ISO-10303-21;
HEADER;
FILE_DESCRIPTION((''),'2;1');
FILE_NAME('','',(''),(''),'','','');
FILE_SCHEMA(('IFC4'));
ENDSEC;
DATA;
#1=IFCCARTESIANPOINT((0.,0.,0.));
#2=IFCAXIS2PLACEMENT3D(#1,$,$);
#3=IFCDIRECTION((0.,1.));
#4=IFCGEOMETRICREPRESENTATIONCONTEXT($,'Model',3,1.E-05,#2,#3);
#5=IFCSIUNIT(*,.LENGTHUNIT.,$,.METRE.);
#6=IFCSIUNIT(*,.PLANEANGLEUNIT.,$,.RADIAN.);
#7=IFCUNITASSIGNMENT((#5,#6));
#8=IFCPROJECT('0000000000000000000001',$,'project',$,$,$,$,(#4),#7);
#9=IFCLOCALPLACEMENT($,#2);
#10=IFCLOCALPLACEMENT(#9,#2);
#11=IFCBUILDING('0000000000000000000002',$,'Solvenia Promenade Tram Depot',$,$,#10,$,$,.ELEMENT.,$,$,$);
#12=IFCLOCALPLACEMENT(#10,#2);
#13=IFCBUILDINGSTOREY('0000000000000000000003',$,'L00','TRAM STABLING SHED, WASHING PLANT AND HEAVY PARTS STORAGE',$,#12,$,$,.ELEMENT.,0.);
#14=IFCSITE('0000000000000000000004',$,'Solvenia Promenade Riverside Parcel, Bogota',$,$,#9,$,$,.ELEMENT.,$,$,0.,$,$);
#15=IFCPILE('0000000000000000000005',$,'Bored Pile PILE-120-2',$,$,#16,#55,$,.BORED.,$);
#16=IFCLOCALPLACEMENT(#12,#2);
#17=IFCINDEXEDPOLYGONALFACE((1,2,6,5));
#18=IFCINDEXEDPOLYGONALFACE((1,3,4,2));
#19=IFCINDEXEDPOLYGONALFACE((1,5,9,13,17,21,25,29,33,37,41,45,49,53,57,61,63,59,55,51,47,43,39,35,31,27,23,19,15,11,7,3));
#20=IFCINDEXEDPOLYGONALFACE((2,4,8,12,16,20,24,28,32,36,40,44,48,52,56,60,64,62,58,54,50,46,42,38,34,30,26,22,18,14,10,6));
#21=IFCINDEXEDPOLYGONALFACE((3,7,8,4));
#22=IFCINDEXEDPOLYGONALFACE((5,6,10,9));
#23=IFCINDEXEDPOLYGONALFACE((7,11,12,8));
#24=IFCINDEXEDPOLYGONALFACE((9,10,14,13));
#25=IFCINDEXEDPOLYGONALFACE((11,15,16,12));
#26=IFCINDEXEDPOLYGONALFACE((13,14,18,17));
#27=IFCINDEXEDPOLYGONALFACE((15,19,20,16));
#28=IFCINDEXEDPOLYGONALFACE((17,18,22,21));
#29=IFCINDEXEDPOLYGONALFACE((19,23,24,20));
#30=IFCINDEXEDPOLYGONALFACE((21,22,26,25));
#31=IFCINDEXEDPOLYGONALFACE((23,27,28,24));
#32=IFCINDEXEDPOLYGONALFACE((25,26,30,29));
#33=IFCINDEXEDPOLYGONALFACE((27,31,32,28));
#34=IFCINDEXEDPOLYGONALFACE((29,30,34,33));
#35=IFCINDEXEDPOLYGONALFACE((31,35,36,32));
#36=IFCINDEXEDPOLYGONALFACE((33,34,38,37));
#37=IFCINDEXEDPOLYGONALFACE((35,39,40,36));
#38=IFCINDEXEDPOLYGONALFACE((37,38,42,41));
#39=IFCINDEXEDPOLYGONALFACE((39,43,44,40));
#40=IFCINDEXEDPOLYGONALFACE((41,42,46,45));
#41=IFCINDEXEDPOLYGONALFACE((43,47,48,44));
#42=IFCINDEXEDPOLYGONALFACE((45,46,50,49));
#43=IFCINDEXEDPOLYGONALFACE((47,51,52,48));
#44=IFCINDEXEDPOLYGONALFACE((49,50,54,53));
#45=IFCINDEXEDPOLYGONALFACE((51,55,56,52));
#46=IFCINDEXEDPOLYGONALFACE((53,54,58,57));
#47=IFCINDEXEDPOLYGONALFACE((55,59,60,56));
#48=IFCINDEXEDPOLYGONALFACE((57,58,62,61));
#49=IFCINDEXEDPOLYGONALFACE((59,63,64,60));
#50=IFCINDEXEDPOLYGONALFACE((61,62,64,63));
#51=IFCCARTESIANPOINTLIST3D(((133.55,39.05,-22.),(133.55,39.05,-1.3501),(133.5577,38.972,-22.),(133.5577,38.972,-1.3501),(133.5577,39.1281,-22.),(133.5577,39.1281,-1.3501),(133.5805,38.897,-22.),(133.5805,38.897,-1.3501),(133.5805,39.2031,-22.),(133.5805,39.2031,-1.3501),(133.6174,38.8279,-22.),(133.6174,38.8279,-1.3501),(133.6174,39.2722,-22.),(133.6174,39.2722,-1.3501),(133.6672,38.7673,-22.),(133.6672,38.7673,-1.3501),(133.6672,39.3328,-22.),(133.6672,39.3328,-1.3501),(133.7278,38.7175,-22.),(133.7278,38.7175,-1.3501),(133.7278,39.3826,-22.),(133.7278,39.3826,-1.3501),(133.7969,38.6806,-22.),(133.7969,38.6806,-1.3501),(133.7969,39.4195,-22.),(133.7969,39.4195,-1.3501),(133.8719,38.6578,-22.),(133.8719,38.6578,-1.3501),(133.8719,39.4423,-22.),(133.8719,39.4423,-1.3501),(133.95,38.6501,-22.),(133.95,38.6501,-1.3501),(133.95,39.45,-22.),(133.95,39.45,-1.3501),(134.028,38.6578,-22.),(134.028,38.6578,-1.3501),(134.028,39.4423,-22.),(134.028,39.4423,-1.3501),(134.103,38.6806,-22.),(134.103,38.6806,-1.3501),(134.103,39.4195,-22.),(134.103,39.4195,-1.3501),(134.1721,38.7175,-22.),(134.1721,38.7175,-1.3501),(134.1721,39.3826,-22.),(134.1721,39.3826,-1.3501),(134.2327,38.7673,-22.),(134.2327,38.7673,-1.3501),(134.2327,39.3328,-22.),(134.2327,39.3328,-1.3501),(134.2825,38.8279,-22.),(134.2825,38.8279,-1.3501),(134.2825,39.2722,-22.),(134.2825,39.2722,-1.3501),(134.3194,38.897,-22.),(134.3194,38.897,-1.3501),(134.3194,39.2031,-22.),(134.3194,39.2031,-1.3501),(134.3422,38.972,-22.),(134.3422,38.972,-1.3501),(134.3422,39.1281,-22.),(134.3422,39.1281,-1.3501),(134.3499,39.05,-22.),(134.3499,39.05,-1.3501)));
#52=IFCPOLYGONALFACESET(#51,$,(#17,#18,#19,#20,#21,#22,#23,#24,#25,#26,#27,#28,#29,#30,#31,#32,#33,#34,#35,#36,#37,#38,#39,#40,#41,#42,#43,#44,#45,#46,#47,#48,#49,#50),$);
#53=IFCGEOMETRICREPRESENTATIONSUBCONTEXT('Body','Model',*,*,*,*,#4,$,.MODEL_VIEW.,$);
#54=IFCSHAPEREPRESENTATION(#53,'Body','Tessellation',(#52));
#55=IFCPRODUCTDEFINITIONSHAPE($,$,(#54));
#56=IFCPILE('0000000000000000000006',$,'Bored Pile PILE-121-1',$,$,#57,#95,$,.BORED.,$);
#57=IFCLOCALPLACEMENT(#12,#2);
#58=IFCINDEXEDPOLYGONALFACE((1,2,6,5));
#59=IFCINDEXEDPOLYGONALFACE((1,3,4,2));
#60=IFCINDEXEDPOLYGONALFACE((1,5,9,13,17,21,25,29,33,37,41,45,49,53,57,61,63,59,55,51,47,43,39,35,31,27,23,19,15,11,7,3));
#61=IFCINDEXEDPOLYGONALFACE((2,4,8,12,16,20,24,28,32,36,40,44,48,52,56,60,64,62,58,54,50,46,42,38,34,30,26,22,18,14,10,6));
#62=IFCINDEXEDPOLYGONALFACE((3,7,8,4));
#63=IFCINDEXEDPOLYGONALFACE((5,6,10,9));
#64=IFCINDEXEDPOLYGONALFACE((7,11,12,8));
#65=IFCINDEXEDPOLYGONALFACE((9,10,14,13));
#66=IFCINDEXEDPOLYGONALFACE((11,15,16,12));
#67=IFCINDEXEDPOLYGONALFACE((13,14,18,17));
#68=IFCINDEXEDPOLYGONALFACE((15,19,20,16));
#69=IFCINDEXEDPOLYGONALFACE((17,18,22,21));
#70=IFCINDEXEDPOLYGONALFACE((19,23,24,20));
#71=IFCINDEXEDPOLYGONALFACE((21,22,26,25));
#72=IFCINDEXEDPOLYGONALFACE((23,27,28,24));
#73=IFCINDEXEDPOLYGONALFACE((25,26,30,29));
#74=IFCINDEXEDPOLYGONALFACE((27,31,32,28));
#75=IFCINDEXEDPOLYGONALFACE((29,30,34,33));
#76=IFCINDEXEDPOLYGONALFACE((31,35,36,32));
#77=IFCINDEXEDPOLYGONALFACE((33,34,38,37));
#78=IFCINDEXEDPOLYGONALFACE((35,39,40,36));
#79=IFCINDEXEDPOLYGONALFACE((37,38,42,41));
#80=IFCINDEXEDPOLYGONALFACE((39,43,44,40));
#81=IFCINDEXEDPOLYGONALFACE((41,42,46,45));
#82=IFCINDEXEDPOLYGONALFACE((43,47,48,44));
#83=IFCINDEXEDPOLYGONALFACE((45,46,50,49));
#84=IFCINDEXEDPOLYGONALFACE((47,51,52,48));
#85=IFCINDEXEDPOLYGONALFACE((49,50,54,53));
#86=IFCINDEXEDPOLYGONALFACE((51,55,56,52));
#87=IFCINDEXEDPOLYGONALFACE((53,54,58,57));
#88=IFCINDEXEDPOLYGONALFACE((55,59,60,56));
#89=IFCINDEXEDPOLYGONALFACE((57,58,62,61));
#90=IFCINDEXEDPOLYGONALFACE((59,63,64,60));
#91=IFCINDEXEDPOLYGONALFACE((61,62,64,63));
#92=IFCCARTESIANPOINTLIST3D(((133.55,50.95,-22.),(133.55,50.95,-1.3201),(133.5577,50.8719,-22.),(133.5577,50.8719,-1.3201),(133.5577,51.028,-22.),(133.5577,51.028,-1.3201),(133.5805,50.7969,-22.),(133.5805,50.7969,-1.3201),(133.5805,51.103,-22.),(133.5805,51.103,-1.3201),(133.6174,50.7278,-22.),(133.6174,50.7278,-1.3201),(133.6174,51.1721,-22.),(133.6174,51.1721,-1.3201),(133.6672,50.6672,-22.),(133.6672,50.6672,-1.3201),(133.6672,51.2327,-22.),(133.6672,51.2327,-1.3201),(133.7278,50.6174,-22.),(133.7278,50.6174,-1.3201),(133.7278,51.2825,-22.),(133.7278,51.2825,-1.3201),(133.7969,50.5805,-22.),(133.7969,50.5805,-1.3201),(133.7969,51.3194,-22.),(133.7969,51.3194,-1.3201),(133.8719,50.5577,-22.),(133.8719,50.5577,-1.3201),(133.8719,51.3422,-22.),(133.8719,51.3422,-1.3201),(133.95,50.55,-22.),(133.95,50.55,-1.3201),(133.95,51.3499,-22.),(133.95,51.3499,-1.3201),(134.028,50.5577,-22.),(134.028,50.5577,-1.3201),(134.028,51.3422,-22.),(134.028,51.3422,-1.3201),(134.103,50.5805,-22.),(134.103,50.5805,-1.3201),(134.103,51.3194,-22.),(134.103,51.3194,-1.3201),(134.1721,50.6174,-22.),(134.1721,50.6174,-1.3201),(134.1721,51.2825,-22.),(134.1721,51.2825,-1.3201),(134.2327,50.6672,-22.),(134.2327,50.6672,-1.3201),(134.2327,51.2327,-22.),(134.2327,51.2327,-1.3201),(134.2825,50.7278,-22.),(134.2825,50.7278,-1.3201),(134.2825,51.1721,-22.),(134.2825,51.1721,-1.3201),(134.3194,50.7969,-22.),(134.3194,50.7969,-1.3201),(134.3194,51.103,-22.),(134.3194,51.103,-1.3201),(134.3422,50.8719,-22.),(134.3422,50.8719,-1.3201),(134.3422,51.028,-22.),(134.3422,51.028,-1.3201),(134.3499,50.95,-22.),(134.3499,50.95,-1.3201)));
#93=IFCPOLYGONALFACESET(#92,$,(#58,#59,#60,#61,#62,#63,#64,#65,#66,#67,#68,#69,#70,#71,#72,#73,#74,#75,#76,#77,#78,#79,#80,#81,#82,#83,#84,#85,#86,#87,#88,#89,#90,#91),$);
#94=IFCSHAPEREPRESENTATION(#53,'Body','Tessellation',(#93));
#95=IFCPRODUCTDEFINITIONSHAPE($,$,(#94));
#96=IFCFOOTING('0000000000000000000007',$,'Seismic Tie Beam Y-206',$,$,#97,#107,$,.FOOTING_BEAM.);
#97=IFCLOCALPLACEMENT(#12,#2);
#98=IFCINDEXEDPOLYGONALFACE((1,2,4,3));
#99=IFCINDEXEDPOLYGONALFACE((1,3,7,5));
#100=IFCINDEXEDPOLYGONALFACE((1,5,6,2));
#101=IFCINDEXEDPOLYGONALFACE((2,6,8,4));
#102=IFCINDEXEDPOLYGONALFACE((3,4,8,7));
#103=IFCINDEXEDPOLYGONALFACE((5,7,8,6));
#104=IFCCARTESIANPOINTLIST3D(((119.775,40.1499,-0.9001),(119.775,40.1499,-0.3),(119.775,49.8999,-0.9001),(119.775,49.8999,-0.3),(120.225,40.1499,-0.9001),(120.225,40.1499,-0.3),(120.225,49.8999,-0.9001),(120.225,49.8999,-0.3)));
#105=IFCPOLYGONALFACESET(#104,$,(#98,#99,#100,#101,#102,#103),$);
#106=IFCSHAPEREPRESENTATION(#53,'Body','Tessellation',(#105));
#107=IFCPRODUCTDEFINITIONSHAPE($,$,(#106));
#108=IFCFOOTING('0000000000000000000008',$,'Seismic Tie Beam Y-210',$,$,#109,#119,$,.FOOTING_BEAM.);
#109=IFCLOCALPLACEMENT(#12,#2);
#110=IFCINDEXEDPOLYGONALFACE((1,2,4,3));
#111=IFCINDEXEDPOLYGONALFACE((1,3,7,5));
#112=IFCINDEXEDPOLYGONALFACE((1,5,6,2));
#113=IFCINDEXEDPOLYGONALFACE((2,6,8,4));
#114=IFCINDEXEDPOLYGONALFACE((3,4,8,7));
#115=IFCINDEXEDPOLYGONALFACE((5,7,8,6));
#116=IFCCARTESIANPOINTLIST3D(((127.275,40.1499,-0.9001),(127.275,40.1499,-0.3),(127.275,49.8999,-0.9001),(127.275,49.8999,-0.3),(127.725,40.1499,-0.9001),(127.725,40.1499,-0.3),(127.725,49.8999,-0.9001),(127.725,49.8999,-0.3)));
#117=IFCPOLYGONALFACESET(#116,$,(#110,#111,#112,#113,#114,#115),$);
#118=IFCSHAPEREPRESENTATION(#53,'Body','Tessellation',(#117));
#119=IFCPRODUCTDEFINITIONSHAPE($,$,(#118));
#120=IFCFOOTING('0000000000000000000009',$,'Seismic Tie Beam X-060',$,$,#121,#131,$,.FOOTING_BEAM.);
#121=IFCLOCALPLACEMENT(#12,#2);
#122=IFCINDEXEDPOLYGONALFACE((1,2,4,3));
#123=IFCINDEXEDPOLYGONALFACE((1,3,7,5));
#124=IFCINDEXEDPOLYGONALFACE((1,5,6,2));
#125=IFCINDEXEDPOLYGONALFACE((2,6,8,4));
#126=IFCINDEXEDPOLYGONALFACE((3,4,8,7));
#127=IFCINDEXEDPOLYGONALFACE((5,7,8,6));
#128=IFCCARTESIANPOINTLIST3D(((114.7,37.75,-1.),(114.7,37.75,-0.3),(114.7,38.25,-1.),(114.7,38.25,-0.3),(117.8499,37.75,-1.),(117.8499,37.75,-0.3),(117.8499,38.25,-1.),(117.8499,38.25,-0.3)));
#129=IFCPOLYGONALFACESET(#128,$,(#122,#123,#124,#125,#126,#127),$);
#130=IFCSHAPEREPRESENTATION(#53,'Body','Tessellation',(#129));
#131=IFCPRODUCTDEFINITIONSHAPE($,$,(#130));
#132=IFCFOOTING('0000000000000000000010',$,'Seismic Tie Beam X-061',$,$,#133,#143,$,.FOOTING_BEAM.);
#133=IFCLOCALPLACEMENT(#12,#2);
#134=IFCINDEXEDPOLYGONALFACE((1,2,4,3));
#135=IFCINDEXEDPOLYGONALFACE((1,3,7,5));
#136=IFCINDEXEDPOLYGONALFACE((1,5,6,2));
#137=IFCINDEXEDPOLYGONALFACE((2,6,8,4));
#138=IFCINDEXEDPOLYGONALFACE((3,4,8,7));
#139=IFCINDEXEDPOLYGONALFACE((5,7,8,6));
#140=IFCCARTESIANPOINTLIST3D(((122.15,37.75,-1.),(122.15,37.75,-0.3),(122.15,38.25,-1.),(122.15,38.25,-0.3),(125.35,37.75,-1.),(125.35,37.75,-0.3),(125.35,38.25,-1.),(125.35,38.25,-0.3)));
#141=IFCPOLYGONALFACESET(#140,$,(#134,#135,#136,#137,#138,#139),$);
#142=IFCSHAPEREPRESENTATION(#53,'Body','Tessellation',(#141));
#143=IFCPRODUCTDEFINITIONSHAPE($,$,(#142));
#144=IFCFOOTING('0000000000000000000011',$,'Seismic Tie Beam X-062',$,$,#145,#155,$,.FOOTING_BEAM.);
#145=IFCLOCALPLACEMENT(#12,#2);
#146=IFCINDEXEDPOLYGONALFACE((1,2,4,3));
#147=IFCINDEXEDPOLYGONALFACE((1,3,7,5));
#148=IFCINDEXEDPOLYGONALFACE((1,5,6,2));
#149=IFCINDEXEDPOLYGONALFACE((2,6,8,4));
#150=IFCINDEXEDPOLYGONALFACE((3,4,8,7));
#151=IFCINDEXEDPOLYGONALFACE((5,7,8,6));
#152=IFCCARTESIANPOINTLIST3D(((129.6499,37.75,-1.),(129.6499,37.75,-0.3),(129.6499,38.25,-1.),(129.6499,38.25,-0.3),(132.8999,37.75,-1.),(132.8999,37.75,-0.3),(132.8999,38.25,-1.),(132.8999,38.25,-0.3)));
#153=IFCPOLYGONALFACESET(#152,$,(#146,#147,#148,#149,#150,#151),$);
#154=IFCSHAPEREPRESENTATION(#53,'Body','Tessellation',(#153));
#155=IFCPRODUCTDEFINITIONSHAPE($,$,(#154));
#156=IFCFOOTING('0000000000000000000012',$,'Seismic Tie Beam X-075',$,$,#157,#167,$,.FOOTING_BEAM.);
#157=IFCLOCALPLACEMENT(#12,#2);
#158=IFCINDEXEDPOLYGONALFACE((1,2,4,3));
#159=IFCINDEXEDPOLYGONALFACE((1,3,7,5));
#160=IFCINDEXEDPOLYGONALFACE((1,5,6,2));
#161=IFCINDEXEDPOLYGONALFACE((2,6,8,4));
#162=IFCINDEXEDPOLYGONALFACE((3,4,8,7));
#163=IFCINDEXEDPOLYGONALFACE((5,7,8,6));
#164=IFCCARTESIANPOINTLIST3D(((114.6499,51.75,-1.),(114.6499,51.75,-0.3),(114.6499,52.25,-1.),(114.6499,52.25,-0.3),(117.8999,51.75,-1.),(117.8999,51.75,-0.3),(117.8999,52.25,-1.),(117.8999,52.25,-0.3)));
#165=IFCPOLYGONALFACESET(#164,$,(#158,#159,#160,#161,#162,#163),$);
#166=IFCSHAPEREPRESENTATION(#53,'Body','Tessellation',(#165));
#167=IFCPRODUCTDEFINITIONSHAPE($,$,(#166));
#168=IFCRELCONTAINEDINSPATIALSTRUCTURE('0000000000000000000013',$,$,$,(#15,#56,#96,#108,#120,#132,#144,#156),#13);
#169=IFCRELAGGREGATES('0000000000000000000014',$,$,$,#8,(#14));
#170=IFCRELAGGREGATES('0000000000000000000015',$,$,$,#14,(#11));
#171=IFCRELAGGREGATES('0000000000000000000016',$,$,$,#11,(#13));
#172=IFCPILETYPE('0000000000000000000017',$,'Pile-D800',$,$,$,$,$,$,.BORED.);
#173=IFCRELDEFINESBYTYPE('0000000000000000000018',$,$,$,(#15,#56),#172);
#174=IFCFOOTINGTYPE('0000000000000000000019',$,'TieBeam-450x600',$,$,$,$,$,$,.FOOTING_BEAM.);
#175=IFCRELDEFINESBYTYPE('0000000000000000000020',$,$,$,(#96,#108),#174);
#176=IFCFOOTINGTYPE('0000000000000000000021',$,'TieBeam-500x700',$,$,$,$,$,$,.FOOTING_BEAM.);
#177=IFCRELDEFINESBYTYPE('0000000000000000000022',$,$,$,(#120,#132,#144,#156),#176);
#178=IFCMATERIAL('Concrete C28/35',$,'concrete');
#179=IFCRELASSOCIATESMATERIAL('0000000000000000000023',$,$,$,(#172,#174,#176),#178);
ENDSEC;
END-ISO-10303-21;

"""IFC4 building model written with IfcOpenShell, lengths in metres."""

from ifc_helpers import new_model, si_unit, direction, frame, origin, origin_2d, place, context, subcontext, project, spatial, rectangle, circle, extrude, material, material_profile, profile_set, type_object, element, save


model = new_model("IFC4")

# Units and contexts
model_context = context("Model", 3, precision=1e-05, world=origin(), true_north=direction((0.0, 1.0)))
body_context = subcontext(model_context, "Body", "Model", "MODEL_VIEW")
ifc_project = project(units=[si_unit("LENGTHUNIT", "METRE"), si_unit("PLANEANGLEUNIT", "RADIAN")], contexts=[model_context])

# Site, building, storey
site_placement = place(None, origin())
site = spatial("IfcSite", under=ifc_project, at=site_placement, Name="Solvenia Promenade Riverside Parcel, Bogota", CompositionType="ELEMENT", RefElevation=0.0)
building_placement = place(site_placement, origin())
building = spatial("IfcBuilding", under=site, at=building_placement, Name="Solvenia Promenade Tram Depot", CompositionType="ELEMENT")
storey_placement = place(building_placement, origin())
storey = spatial("IfcBuildingStorey", under=building, at=storey_placement, Name="L00", Description="TRAM STABLING SHED, WASHING PLANT AND HEAVY PARTS STORAGE", CompositionType="ELEMENT", Elevation=0.0)

# Shared definitions
ifc_material_1 = material(Name="Concrete C28/35", Category="concrete")

# Piles
ifc_material_profile_1 = material_profile(ifc_material_1, circle(Radius=0.3999, at=origin_2d()), Name="D800", Category="concrete")
ifc_profile_set_1 = profile_set([ifc_material_profile_1], Name="Concrete C28/35")
pile_type_1 = type_object("IfcPileType", Name="Pile-D800", PredefinedType="BORED", material=ifc_profile_set_1)
for number, where, z_axis, x_axis, name in (
    (1, (133.95, 39.05, -1.3501), (0.0, 0.0, -1.0), (1.0, 0.0, 0.0), "Bored Pile PILE-120-2"),
):
    element("IfcPile", number, at=place(storey_placement, frame(where, z_axis=z_axis, x_axis=x_axis)), inside=storey, type_object=pile_type_1, Name=name, PredefinedType="BORED", context=body_context, shape_type="SweptSolid", body=[
        extrude(circle(Radius=0.3999, at=origin_2d()), origin(), (0.0, 0.0, 1.0), 20.6499),
    ])
pile_placement = place(storey_placement, frame((133.95, 50.95, -1.3201), z_axis=(0.0, 0.0, -1.0), x_axis=(1.0, 0.0, 0.0)))
element("IfcPile", 2, at=pile_placement, inside=storey, type_object=pile_type_1, Name="Bored Pile PILE-121-1", PredefinedType="BORED", context=body_context, shape_type="SweptSolid", body=[
    extrude(circle(Radius=0.3999, at=origin_2d()), origin(), (0.0, 0.0, 1.0), 20.6799),
])

# Footings
footing_type_1 = type_object("IfcFootingType", Name="TieBeam-450x600", PredefinedType="FOOTING_BEAM", material=ifc_material_1)
for number, where, z_axis, x_axis, name in (
    (3, (120.0, 45.0249, -0.9001), (0.0, 0.0, 1.0), (1.0, 0.0, 0.0), "Seismic Tie Beam Y-206"),
    (4, (127.5, 45.0249, -0.9001), (0.0, 0.0, 1.0), (1.0, 0.0, 0.0), "Seismic Tie Beam Y-210"),
):
    element("IfcFooting", number, at=place(storey_placement, frame(where, z_axis=z_axis, x_axis=x_axis)), inside=storey, type_object=footing_type_1, Name=name, PredefinedType="FOOTING_BEAM", context=body_context, shape_type="SweptSolid", body=[
        extrude(rectangle(XDim=0.45, YDim=9.75, at=origin_2d()), origin(), (0.0, 0.0, 1.0), 0.6001),
    ])
footing_type_2 = type_object("IfcFootingType", Name="TieBeam-500x700", PredefinedType="FOOTING_BEAM", material=ifc_material_1)
footing_1_placement = place(storey_placement, frame((116.2749, 38.0, -1.0), z_axis=(0.0, 0.0, 1.0), x_axis=(1.0, 0.0, 0.0)))
element("IfcFooting", 5, at=footing_1_placement, inside=storey, type_object=footing_type_2, Name="Seismic Tie Beam X-060", PredefinedType="FOOTING_BEAM", context=body_context, shape_type="SweptSolid", body=[
    extrude(rectangle(XDim=3.1499, YDim=0.5, at=origin_2d()), origin(), (0.0, 0.0, 1.0), 0.7),
])
footing_2_placement = place(storey_placement, frame((123.75, 38.0, -1.0), z_axis=(0.0, 0.0, 1.0), x_axis=(1.0, 0.0, 0.0)))
element("IfcFooting", 6, at=footing_2_placement, inside=storey, type_object=footing_type_2, Name="Seismic Tie Beam X-061", PredefinedType="FOOTING_BEAM", context=body_context, shape_type="SweptSolid", body=[
    extrude(rectangle(XDim=3.2, YDim=0.5, at=origin_2d()), origin(), (0.0, 0.0, 1.0), 0.7),
])
for number, where, z_axis, x_axis, name in (
    (7, (131.2749, 38.0, -1.0), (0.0, 0.0, 1.0), (1.0, 0.0, 0.0), "Seismic Tie Beam X-062"),
    (8, (116.2749, 52.0, -1.0), (0.0, 0.0, 1.0), (1.0, 0.0, 0.0), "Seismic Tie Beam X-075"),
):
    element("IfcFooting", number, at=place(storey_placement, frame(where, z_axis=z_axis, x_axis=x_axis)), inside=storey, type_object=footing_type_2, Name=name, PredefinedType="FOOTING_BEAM", context=body_context, shape_type="SweptSolid", body=[
        extrude(rectangle(XDim=3.25, YDim=0.5, at=origin_2d()), origin(), (0.0, 0.0, 1.0), 0.7),
    ])

save(model, "model.ifc")
